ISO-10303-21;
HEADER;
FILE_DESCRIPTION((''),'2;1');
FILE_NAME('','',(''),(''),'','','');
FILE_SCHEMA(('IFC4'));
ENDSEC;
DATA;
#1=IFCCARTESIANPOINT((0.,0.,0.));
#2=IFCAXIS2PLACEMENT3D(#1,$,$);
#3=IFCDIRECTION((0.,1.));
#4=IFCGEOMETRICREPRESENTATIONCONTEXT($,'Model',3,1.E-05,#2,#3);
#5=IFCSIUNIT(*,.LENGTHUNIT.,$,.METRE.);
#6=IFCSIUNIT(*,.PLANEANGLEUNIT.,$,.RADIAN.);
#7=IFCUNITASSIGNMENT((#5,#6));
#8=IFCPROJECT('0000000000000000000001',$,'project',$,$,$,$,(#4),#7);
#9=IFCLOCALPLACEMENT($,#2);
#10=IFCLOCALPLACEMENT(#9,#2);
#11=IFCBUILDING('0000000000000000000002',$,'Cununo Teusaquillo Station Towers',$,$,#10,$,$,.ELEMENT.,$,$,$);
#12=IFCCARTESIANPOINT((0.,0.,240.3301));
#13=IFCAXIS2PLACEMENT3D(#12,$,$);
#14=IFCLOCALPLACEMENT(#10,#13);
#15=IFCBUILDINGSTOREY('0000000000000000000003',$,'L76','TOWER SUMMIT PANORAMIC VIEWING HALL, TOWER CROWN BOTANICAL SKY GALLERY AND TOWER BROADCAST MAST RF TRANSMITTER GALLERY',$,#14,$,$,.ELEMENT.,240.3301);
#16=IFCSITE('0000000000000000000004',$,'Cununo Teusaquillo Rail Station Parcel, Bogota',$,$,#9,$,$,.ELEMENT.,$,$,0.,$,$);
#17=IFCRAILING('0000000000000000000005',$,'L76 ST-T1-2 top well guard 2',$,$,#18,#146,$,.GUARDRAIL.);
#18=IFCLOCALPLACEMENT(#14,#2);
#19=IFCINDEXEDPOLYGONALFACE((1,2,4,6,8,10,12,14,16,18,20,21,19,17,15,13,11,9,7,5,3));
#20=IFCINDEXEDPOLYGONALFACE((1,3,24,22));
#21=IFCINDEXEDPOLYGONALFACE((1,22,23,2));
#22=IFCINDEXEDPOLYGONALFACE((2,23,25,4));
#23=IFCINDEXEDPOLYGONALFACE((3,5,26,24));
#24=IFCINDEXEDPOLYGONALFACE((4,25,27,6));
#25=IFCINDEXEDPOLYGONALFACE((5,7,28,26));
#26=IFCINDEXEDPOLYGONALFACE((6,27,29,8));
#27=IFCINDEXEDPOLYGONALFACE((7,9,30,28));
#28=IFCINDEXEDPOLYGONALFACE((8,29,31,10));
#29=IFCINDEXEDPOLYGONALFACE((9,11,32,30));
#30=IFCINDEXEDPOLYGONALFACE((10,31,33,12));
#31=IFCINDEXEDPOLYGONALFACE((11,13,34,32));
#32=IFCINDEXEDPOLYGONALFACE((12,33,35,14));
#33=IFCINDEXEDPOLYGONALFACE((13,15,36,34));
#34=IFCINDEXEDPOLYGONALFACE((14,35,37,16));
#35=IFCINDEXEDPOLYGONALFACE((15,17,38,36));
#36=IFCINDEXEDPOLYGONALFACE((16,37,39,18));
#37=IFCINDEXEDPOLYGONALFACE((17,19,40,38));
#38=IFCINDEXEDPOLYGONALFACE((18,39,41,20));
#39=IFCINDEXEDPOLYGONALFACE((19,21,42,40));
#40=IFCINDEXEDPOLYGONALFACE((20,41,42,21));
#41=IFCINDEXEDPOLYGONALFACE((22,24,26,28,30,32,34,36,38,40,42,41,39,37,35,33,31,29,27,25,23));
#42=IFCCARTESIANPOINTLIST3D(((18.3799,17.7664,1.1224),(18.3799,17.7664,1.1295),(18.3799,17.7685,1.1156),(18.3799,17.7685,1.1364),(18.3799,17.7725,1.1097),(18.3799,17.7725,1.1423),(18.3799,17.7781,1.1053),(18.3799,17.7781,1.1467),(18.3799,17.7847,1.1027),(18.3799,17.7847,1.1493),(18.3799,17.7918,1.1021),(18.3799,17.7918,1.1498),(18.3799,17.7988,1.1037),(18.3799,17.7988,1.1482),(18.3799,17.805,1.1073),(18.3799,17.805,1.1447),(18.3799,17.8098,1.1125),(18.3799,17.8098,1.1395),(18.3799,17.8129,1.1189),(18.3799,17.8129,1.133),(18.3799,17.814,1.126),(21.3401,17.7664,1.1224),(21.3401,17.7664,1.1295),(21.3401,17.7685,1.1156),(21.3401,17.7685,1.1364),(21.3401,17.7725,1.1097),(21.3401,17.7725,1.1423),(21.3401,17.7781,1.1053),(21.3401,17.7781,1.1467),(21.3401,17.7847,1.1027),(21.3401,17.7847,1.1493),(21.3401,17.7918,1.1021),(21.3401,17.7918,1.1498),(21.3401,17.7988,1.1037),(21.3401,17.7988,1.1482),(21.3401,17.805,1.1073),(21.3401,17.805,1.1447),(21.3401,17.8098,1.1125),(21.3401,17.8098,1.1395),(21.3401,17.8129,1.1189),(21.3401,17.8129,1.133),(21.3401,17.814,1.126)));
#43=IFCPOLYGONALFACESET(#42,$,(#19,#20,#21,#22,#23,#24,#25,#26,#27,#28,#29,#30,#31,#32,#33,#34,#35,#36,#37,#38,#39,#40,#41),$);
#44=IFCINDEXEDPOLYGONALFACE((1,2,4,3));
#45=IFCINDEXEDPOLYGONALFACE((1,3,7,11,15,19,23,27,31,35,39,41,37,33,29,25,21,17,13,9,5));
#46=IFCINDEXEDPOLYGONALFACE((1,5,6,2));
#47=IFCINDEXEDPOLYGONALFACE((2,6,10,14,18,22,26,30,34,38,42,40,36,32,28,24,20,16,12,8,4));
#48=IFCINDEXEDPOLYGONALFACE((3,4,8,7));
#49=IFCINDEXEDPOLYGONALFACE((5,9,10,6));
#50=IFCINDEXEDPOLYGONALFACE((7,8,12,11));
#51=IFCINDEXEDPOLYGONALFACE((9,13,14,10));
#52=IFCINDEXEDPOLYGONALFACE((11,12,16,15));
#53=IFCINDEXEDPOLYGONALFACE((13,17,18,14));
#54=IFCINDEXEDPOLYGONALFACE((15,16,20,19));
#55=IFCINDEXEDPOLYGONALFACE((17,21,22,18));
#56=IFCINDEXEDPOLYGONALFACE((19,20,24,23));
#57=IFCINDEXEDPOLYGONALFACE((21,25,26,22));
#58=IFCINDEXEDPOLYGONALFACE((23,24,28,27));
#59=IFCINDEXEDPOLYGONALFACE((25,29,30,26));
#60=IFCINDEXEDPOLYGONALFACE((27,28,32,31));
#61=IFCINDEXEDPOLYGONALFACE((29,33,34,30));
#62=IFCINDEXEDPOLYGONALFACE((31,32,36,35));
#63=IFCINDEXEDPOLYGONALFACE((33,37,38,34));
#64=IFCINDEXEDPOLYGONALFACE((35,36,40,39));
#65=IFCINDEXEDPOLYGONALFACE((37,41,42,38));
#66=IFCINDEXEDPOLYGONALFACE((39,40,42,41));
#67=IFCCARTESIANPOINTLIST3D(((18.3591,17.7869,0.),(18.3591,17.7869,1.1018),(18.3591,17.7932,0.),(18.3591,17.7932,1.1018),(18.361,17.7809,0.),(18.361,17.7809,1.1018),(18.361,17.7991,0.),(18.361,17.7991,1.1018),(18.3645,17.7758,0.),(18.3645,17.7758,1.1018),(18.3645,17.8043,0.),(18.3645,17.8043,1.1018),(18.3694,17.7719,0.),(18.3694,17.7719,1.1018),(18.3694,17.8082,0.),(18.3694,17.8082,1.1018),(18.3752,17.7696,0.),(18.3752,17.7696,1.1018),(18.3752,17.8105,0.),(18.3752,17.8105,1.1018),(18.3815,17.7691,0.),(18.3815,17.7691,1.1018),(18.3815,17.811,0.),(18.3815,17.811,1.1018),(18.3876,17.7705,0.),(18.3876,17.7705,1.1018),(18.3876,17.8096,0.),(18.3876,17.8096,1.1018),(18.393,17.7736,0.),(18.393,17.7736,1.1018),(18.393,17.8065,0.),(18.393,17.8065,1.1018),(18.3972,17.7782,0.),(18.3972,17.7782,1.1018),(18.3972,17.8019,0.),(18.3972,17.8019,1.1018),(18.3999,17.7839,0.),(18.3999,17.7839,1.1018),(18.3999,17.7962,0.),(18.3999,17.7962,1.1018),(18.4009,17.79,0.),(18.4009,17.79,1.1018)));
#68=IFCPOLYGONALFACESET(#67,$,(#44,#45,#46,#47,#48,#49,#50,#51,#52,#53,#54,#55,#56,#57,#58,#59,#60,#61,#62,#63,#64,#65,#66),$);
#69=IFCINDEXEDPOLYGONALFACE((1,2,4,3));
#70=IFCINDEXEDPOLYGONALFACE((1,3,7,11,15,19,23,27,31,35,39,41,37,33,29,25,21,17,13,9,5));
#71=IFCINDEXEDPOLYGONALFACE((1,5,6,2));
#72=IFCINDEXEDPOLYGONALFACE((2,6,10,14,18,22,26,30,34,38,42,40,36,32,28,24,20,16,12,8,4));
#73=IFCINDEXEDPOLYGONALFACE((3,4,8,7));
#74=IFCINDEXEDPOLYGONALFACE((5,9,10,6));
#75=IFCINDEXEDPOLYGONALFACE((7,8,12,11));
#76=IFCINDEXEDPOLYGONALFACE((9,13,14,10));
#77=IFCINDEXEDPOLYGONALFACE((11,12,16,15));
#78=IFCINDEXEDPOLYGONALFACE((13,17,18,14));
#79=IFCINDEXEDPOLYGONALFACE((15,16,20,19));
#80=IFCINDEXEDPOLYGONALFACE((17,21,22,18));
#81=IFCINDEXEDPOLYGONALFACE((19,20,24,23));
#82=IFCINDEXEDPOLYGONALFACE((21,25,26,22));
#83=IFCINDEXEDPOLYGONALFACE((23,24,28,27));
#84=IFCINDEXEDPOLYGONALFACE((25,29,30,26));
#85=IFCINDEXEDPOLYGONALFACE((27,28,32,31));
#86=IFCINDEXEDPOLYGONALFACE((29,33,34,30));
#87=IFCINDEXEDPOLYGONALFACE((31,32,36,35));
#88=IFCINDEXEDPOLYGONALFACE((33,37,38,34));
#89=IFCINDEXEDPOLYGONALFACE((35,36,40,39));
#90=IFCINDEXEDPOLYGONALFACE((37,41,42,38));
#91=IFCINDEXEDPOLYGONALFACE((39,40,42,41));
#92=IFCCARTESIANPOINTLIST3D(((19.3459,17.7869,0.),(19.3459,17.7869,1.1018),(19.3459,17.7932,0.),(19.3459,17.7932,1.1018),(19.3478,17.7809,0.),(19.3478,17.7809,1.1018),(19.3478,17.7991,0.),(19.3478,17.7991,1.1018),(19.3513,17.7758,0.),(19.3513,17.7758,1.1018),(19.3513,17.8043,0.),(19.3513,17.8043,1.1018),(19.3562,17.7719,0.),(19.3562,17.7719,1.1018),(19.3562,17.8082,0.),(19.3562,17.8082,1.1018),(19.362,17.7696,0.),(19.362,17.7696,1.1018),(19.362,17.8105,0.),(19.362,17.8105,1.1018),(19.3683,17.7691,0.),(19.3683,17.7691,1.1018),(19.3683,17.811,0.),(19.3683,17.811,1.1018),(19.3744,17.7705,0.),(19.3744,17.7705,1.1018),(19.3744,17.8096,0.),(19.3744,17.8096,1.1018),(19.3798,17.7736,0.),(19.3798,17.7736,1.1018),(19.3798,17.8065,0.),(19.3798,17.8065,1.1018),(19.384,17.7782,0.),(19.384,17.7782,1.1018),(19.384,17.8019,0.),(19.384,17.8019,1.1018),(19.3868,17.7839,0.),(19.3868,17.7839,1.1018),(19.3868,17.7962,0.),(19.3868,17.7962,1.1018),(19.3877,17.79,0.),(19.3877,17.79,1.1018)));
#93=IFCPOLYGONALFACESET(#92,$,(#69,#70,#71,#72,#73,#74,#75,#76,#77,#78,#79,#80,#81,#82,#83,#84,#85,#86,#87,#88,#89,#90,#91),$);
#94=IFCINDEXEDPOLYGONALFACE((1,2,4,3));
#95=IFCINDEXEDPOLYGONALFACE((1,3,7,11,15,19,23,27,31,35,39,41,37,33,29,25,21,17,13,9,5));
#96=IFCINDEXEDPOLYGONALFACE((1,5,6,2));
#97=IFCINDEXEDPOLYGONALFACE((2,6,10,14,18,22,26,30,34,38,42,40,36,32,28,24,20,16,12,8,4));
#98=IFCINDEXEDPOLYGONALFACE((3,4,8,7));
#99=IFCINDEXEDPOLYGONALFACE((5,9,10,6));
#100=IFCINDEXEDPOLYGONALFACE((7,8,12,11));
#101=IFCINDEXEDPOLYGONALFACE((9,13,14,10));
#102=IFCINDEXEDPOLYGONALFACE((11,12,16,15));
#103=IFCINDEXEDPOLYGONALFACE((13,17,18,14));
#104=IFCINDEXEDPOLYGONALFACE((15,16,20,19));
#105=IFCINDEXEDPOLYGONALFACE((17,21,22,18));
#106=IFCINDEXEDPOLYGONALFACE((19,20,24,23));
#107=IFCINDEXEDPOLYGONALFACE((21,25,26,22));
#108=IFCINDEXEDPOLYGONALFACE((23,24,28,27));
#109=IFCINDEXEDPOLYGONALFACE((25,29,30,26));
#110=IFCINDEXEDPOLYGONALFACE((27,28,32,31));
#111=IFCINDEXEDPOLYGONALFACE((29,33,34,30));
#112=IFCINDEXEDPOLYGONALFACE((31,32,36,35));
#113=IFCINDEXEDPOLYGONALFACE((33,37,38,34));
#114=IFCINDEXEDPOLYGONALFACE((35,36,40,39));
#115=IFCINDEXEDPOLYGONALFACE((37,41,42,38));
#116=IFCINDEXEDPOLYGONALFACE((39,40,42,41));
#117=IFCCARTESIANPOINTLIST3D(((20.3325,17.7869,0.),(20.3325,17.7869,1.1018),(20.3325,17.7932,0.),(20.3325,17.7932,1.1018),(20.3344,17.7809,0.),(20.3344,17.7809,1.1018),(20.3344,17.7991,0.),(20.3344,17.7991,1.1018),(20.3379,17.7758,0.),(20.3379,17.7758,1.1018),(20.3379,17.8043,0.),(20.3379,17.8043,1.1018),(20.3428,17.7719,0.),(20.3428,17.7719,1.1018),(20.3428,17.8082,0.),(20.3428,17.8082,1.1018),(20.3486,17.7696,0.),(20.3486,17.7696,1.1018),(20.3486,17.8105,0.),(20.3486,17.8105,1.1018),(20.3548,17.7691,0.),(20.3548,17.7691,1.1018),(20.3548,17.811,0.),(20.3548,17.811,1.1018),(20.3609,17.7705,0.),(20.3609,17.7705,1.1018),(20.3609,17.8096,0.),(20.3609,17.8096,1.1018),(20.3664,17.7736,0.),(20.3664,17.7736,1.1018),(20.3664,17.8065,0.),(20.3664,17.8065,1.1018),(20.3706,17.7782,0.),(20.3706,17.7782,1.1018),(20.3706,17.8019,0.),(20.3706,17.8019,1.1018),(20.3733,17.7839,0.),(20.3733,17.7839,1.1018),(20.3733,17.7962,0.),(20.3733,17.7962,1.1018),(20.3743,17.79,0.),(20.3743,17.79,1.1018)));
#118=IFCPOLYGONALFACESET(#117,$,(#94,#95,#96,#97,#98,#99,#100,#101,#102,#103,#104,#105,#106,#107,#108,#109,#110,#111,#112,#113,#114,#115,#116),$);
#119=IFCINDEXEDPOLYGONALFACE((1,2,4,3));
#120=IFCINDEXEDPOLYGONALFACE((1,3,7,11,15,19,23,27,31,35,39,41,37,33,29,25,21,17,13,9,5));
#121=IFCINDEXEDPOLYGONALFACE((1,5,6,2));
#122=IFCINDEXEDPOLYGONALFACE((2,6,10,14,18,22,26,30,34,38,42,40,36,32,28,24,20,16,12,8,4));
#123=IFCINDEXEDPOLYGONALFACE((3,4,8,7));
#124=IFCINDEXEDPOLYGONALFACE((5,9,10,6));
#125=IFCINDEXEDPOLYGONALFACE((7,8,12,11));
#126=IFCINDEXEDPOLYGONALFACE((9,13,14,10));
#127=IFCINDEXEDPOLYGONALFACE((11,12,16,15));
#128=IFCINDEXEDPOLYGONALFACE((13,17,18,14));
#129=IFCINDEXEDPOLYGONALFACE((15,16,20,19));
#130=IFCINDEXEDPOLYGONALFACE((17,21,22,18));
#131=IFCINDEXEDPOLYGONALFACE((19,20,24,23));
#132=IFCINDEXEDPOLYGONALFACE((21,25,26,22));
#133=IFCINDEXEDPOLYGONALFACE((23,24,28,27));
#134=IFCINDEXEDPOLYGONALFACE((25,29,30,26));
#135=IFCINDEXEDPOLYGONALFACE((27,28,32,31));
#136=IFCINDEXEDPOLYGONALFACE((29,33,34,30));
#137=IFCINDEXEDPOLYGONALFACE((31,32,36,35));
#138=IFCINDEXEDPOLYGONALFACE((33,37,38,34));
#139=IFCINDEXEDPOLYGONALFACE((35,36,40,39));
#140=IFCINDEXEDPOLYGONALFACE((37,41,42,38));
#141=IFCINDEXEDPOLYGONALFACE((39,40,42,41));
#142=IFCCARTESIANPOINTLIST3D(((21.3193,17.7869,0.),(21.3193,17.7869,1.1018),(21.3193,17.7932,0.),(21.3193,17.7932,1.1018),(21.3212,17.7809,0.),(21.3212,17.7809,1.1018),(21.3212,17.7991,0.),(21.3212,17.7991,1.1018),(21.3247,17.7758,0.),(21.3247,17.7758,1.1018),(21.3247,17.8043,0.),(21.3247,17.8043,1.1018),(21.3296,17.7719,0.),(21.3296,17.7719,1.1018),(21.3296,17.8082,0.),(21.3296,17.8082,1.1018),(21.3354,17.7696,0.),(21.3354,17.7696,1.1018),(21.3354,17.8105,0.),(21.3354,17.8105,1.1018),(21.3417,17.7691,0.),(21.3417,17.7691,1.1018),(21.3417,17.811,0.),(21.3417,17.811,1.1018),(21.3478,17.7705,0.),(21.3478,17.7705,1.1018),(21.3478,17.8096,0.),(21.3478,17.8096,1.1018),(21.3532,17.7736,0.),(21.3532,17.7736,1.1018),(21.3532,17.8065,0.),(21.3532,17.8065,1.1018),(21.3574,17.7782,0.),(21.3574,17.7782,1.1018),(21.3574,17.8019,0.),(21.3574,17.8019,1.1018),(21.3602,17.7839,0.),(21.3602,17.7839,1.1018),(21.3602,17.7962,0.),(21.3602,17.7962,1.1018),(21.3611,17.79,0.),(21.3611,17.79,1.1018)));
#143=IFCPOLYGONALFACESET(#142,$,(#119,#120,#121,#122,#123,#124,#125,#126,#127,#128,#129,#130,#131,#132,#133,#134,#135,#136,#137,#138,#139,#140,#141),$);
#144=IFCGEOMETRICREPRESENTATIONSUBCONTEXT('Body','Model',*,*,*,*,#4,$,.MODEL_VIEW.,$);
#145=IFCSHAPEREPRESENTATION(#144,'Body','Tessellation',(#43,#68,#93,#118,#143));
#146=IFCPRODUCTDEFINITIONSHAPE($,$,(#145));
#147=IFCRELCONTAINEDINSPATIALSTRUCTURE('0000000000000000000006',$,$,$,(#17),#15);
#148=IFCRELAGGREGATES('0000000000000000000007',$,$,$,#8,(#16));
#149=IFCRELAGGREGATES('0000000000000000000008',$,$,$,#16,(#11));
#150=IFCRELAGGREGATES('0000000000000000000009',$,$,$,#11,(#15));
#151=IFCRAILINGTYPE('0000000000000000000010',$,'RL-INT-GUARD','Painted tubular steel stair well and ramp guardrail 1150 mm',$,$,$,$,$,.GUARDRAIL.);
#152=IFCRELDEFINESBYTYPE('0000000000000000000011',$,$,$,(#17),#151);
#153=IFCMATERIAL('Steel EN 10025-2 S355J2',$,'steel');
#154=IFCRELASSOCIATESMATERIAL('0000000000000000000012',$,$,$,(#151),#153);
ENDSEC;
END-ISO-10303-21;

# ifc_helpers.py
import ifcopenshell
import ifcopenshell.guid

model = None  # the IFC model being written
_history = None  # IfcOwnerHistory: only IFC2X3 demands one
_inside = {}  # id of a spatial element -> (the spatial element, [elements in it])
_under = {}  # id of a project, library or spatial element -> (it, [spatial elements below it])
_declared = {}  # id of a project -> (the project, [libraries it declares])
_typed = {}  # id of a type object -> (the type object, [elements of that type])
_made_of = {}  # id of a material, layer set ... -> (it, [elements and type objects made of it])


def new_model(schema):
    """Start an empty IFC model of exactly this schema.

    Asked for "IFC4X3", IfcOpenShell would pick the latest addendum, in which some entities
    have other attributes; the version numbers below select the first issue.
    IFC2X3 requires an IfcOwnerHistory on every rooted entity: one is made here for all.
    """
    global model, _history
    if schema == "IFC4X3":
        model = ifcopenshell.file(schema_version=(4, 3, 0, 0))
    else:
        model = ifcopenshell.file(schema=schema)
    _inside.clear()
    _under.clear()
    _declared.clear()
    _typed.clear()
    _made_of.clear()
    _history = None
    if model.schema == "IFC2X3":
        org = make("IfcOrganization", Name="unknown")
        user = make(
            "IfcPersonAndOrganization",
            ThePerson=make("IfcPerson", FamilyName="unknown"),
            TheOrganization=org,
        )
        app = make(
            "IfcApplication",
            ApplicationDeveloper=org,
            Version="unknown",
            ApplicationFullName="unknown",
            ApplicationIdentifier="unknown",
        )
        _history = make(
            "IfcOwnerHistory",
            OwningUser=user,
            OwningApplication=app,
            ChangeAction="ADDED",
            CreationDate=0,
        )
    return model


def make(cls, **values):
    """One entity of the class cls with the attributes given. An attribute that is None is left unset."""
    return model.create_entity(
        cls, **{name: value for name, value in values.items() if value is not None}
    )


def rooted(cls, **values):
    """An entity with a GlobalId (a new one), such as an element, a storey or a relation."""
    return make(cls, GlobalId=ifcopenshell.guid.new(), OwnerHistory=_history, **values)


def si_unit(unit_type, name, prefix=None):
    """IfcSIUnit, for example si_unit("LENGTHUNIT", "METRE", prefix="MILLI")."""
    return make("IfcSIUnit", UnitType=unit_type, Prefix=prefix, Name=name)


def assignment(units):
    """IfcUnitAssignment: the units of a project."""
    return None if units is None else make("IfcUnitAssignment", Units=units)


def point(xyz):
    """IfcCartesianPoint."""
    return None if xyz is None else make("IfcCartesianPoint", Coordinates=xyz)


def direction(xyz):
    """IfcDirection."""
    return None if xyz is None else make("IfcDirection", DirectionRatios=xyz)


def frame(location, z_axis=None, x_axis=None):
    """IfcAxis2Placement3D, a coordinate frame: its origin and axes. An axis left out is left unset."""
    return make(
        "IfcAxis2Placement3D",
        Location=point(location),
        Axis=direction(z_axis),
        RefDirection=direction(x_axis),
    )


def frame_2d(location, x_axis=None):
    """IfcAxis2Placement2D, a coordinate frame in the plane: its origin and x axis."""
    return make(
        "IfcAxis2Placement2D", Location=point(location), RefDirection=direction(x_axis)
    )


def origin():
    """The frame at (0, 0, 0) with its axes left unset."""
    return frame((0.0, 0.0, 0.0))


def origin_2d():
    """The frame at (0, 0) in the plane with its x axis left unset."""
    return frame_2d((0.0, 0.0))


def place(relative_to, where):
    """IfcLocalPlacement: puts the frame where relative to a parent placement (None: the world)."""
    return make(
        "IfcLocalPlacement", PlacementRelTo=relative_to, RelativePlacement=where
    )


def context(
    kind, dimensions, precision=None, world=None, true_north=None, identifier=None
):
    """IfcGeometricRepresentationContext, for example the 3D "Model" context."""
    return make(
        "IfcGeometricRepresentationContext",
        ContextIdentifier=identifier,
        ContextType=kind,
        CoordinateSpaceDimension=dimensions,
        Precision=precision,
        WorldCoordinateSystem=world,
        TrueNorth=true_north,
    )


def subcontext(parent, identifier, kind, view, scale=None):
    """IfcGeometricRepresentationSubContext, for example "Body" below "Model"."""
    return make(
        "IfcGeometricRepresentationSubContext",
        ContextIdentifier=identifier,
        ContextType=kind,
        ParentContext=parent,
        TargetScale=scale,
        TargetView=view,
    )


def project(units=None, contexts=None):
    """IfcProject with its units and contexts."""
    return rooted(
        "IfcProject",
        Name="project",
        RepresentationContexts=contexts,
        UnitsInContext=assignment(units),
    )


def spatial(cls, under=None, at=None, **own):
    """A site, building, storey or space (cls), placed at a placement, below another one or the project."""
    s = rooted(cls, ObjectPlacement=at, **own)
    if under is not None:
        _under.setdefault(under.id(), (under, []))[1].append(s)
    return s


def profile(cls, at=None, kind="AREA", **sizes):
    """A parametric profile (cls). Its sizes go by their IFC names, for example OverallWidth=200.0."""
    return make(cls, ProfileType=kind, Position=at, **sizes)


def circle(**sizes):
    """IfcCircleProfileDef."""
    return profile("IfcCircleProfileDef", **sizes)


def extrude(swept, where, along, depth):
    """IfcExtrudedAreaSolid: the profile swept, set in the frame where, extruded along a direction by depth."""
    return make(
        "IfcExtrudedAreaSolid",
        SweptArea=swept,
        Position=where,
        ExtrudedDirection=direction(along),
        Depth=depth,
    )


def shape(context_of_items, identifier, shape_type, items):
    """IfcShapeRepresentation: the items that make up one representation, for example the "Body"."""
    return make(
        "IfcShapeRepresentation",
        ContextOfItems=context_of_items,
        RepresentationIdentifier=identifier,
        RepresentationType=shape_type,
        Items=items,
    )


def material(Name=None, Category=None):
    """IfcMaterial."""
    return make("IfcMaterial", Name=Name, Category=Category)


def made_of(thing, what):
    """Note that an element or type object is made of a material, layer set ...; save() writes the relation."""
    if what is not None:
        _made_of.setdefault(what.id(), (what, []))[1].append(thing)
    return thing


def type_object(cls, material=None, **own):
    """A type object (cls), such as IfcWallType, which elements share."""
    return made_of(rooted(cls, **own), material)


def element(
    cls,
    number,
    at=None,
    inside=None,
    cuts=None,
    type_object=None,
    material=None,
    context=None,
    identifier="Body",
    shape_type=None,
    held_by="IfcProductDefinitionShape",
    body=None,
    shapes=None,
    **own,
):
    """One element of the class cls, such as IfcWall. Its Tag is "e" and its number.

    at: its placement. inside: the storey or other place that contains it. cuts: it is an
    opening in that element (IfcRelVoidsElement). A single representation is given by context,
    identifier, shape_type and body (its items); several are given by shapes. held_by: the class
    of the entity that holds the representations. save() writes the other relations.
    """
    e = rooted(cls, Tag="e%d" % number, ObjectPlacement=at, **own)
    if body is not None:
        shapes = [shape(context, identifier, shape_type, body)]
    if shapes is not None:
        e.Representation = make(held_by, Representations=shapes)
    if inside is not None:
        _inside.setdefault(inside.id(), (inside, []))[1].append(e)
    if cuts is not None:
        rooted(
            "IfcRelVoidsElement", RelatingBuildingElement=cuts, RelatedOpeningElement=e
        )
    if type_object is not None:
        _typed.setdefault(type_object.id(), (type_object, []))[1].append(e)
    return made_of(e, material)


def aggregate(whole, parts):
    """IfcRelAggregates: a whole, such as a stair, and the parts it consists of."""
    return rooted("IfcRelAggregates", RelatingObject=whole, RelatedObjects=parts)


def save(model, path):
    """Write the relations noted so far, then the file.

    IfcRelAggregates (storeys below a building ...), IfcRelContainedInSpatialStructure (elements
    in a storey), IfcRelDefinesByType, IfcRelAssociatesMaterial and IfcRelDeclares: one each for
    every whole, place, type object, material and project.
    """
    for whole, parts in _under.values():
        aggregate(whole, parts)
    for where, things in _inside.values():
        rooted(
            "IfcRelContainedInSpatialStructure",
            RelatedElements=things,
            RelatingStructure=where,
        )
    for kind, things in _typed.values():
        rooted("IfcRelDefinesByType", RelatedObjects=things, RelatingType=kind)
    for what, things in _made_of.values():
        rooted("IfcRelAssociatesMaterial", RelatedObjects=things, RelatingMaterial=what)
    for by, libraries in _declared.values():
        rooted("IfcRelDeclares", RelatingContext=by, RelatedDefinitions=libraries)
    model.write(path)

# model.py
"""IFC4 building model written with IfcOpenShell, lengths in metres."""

from ifc_helpers import new_model, si_unit, direction, frame, origin, origin_2d, place, context, subcontext, project, spatial, circle, extrude, material, type_object, element, save


model = new_model("IFC4")

# Units and contexts
model_context = context("Model", 3, precision=1e-05, world=origin(), true_north=direction((0.0, 1.0)))
body_context = subcontext(model_context, "Body", "Model", "MODEL_VIEW")
ifc_project = project(units=[si_unit("LENGTHUNIT", "METRE"), si_unit("PLANEANGLEUNIT", "RADIAN")], contexts=[model_context])

# Site, building, storey
site_placement = place(None, origin())
site = spatial("IfcSite", under=ifc_project, at=site_placement, Name="Cununo Teusaquillo Rail Station Parcel, Bogota", CompositionType="ELEMENT", RefElevation=0.0)
building_placement = place(site_placement, origin())
building = spatial("IfcBuilding", under=site, at=building_placement, Name="Cununo Teusaquillo Station Towers", CompositionType="ELEMENT")
storey_placement = place(building_placement, frame((0.0, 0.0, 240.3301)))
storey = spatial("IfcBuildingStorey", under=building, at=storey_placement, Name="L76", Description="TOWER SUMMIT PANORAMIC VIEWING HALL, TOWER CROWN BOTANICAL SKY GALLERY AND TOWER BROADCAST MAST RF TRANSMITTER GALLERY", CompositionType="ELEMENT", Elevation=240.3301)

# Railing
ifc_material_1 = material(Name="Steel EN 10025-2 S355J2", Category="steel")
railing_type = type_object("IfcRailingType", Name="RL-INT-GUARD", Description="Painted tubular steel stair well and ramp guardrail 1150 mm", PredefinedType="GUARDRAIL", material=ifc_material_1)
railing_1_placement = place(storey_placement, frame((18.3799, 17.79, 0.0)))
element("IfcRailing", 1, at=railing_1_placement, inside=storey, type_object=railing_type, Name="L76 ST-T1-2 top well guard 2", PredefinedType="GUARDRAIL", context=body_context, shape_type="SweptSolid", body=[
    extrude(circle(Radius=0.0239, at=origin_2d()), frame((0.0, 0.0, 1.126), z_axis=(1.0, 0.0, 0.0), x_axis=(0.0, 1.0, 0.0)), (0.0, 0.0, 1.0), 2.9602),
    extrude(circle(Radius=0.021, at=origin_2d()), origin(), (0.0, 0.0, 1.0), 1.1018),
    extrude(circle(Radius=0.021, at=origin_2d()), frame((0.9868, 0.0, 0.0)), (0.0, 0.0, 1.0), 1.1018),
    extrude(circle(Radius=0.021, at=origin_2d()), frame((1.9734, 0.0, 0.0)), (0.0, 0.0, 1.0), 1.1018),
    extrude(circle(Radius=0.021, at=origin_2d()), frame((2.9602, 0.0, 0.0)), (0.0, 0.0, 1.0), 1.1018),
])

save(model, "model.ifc")
